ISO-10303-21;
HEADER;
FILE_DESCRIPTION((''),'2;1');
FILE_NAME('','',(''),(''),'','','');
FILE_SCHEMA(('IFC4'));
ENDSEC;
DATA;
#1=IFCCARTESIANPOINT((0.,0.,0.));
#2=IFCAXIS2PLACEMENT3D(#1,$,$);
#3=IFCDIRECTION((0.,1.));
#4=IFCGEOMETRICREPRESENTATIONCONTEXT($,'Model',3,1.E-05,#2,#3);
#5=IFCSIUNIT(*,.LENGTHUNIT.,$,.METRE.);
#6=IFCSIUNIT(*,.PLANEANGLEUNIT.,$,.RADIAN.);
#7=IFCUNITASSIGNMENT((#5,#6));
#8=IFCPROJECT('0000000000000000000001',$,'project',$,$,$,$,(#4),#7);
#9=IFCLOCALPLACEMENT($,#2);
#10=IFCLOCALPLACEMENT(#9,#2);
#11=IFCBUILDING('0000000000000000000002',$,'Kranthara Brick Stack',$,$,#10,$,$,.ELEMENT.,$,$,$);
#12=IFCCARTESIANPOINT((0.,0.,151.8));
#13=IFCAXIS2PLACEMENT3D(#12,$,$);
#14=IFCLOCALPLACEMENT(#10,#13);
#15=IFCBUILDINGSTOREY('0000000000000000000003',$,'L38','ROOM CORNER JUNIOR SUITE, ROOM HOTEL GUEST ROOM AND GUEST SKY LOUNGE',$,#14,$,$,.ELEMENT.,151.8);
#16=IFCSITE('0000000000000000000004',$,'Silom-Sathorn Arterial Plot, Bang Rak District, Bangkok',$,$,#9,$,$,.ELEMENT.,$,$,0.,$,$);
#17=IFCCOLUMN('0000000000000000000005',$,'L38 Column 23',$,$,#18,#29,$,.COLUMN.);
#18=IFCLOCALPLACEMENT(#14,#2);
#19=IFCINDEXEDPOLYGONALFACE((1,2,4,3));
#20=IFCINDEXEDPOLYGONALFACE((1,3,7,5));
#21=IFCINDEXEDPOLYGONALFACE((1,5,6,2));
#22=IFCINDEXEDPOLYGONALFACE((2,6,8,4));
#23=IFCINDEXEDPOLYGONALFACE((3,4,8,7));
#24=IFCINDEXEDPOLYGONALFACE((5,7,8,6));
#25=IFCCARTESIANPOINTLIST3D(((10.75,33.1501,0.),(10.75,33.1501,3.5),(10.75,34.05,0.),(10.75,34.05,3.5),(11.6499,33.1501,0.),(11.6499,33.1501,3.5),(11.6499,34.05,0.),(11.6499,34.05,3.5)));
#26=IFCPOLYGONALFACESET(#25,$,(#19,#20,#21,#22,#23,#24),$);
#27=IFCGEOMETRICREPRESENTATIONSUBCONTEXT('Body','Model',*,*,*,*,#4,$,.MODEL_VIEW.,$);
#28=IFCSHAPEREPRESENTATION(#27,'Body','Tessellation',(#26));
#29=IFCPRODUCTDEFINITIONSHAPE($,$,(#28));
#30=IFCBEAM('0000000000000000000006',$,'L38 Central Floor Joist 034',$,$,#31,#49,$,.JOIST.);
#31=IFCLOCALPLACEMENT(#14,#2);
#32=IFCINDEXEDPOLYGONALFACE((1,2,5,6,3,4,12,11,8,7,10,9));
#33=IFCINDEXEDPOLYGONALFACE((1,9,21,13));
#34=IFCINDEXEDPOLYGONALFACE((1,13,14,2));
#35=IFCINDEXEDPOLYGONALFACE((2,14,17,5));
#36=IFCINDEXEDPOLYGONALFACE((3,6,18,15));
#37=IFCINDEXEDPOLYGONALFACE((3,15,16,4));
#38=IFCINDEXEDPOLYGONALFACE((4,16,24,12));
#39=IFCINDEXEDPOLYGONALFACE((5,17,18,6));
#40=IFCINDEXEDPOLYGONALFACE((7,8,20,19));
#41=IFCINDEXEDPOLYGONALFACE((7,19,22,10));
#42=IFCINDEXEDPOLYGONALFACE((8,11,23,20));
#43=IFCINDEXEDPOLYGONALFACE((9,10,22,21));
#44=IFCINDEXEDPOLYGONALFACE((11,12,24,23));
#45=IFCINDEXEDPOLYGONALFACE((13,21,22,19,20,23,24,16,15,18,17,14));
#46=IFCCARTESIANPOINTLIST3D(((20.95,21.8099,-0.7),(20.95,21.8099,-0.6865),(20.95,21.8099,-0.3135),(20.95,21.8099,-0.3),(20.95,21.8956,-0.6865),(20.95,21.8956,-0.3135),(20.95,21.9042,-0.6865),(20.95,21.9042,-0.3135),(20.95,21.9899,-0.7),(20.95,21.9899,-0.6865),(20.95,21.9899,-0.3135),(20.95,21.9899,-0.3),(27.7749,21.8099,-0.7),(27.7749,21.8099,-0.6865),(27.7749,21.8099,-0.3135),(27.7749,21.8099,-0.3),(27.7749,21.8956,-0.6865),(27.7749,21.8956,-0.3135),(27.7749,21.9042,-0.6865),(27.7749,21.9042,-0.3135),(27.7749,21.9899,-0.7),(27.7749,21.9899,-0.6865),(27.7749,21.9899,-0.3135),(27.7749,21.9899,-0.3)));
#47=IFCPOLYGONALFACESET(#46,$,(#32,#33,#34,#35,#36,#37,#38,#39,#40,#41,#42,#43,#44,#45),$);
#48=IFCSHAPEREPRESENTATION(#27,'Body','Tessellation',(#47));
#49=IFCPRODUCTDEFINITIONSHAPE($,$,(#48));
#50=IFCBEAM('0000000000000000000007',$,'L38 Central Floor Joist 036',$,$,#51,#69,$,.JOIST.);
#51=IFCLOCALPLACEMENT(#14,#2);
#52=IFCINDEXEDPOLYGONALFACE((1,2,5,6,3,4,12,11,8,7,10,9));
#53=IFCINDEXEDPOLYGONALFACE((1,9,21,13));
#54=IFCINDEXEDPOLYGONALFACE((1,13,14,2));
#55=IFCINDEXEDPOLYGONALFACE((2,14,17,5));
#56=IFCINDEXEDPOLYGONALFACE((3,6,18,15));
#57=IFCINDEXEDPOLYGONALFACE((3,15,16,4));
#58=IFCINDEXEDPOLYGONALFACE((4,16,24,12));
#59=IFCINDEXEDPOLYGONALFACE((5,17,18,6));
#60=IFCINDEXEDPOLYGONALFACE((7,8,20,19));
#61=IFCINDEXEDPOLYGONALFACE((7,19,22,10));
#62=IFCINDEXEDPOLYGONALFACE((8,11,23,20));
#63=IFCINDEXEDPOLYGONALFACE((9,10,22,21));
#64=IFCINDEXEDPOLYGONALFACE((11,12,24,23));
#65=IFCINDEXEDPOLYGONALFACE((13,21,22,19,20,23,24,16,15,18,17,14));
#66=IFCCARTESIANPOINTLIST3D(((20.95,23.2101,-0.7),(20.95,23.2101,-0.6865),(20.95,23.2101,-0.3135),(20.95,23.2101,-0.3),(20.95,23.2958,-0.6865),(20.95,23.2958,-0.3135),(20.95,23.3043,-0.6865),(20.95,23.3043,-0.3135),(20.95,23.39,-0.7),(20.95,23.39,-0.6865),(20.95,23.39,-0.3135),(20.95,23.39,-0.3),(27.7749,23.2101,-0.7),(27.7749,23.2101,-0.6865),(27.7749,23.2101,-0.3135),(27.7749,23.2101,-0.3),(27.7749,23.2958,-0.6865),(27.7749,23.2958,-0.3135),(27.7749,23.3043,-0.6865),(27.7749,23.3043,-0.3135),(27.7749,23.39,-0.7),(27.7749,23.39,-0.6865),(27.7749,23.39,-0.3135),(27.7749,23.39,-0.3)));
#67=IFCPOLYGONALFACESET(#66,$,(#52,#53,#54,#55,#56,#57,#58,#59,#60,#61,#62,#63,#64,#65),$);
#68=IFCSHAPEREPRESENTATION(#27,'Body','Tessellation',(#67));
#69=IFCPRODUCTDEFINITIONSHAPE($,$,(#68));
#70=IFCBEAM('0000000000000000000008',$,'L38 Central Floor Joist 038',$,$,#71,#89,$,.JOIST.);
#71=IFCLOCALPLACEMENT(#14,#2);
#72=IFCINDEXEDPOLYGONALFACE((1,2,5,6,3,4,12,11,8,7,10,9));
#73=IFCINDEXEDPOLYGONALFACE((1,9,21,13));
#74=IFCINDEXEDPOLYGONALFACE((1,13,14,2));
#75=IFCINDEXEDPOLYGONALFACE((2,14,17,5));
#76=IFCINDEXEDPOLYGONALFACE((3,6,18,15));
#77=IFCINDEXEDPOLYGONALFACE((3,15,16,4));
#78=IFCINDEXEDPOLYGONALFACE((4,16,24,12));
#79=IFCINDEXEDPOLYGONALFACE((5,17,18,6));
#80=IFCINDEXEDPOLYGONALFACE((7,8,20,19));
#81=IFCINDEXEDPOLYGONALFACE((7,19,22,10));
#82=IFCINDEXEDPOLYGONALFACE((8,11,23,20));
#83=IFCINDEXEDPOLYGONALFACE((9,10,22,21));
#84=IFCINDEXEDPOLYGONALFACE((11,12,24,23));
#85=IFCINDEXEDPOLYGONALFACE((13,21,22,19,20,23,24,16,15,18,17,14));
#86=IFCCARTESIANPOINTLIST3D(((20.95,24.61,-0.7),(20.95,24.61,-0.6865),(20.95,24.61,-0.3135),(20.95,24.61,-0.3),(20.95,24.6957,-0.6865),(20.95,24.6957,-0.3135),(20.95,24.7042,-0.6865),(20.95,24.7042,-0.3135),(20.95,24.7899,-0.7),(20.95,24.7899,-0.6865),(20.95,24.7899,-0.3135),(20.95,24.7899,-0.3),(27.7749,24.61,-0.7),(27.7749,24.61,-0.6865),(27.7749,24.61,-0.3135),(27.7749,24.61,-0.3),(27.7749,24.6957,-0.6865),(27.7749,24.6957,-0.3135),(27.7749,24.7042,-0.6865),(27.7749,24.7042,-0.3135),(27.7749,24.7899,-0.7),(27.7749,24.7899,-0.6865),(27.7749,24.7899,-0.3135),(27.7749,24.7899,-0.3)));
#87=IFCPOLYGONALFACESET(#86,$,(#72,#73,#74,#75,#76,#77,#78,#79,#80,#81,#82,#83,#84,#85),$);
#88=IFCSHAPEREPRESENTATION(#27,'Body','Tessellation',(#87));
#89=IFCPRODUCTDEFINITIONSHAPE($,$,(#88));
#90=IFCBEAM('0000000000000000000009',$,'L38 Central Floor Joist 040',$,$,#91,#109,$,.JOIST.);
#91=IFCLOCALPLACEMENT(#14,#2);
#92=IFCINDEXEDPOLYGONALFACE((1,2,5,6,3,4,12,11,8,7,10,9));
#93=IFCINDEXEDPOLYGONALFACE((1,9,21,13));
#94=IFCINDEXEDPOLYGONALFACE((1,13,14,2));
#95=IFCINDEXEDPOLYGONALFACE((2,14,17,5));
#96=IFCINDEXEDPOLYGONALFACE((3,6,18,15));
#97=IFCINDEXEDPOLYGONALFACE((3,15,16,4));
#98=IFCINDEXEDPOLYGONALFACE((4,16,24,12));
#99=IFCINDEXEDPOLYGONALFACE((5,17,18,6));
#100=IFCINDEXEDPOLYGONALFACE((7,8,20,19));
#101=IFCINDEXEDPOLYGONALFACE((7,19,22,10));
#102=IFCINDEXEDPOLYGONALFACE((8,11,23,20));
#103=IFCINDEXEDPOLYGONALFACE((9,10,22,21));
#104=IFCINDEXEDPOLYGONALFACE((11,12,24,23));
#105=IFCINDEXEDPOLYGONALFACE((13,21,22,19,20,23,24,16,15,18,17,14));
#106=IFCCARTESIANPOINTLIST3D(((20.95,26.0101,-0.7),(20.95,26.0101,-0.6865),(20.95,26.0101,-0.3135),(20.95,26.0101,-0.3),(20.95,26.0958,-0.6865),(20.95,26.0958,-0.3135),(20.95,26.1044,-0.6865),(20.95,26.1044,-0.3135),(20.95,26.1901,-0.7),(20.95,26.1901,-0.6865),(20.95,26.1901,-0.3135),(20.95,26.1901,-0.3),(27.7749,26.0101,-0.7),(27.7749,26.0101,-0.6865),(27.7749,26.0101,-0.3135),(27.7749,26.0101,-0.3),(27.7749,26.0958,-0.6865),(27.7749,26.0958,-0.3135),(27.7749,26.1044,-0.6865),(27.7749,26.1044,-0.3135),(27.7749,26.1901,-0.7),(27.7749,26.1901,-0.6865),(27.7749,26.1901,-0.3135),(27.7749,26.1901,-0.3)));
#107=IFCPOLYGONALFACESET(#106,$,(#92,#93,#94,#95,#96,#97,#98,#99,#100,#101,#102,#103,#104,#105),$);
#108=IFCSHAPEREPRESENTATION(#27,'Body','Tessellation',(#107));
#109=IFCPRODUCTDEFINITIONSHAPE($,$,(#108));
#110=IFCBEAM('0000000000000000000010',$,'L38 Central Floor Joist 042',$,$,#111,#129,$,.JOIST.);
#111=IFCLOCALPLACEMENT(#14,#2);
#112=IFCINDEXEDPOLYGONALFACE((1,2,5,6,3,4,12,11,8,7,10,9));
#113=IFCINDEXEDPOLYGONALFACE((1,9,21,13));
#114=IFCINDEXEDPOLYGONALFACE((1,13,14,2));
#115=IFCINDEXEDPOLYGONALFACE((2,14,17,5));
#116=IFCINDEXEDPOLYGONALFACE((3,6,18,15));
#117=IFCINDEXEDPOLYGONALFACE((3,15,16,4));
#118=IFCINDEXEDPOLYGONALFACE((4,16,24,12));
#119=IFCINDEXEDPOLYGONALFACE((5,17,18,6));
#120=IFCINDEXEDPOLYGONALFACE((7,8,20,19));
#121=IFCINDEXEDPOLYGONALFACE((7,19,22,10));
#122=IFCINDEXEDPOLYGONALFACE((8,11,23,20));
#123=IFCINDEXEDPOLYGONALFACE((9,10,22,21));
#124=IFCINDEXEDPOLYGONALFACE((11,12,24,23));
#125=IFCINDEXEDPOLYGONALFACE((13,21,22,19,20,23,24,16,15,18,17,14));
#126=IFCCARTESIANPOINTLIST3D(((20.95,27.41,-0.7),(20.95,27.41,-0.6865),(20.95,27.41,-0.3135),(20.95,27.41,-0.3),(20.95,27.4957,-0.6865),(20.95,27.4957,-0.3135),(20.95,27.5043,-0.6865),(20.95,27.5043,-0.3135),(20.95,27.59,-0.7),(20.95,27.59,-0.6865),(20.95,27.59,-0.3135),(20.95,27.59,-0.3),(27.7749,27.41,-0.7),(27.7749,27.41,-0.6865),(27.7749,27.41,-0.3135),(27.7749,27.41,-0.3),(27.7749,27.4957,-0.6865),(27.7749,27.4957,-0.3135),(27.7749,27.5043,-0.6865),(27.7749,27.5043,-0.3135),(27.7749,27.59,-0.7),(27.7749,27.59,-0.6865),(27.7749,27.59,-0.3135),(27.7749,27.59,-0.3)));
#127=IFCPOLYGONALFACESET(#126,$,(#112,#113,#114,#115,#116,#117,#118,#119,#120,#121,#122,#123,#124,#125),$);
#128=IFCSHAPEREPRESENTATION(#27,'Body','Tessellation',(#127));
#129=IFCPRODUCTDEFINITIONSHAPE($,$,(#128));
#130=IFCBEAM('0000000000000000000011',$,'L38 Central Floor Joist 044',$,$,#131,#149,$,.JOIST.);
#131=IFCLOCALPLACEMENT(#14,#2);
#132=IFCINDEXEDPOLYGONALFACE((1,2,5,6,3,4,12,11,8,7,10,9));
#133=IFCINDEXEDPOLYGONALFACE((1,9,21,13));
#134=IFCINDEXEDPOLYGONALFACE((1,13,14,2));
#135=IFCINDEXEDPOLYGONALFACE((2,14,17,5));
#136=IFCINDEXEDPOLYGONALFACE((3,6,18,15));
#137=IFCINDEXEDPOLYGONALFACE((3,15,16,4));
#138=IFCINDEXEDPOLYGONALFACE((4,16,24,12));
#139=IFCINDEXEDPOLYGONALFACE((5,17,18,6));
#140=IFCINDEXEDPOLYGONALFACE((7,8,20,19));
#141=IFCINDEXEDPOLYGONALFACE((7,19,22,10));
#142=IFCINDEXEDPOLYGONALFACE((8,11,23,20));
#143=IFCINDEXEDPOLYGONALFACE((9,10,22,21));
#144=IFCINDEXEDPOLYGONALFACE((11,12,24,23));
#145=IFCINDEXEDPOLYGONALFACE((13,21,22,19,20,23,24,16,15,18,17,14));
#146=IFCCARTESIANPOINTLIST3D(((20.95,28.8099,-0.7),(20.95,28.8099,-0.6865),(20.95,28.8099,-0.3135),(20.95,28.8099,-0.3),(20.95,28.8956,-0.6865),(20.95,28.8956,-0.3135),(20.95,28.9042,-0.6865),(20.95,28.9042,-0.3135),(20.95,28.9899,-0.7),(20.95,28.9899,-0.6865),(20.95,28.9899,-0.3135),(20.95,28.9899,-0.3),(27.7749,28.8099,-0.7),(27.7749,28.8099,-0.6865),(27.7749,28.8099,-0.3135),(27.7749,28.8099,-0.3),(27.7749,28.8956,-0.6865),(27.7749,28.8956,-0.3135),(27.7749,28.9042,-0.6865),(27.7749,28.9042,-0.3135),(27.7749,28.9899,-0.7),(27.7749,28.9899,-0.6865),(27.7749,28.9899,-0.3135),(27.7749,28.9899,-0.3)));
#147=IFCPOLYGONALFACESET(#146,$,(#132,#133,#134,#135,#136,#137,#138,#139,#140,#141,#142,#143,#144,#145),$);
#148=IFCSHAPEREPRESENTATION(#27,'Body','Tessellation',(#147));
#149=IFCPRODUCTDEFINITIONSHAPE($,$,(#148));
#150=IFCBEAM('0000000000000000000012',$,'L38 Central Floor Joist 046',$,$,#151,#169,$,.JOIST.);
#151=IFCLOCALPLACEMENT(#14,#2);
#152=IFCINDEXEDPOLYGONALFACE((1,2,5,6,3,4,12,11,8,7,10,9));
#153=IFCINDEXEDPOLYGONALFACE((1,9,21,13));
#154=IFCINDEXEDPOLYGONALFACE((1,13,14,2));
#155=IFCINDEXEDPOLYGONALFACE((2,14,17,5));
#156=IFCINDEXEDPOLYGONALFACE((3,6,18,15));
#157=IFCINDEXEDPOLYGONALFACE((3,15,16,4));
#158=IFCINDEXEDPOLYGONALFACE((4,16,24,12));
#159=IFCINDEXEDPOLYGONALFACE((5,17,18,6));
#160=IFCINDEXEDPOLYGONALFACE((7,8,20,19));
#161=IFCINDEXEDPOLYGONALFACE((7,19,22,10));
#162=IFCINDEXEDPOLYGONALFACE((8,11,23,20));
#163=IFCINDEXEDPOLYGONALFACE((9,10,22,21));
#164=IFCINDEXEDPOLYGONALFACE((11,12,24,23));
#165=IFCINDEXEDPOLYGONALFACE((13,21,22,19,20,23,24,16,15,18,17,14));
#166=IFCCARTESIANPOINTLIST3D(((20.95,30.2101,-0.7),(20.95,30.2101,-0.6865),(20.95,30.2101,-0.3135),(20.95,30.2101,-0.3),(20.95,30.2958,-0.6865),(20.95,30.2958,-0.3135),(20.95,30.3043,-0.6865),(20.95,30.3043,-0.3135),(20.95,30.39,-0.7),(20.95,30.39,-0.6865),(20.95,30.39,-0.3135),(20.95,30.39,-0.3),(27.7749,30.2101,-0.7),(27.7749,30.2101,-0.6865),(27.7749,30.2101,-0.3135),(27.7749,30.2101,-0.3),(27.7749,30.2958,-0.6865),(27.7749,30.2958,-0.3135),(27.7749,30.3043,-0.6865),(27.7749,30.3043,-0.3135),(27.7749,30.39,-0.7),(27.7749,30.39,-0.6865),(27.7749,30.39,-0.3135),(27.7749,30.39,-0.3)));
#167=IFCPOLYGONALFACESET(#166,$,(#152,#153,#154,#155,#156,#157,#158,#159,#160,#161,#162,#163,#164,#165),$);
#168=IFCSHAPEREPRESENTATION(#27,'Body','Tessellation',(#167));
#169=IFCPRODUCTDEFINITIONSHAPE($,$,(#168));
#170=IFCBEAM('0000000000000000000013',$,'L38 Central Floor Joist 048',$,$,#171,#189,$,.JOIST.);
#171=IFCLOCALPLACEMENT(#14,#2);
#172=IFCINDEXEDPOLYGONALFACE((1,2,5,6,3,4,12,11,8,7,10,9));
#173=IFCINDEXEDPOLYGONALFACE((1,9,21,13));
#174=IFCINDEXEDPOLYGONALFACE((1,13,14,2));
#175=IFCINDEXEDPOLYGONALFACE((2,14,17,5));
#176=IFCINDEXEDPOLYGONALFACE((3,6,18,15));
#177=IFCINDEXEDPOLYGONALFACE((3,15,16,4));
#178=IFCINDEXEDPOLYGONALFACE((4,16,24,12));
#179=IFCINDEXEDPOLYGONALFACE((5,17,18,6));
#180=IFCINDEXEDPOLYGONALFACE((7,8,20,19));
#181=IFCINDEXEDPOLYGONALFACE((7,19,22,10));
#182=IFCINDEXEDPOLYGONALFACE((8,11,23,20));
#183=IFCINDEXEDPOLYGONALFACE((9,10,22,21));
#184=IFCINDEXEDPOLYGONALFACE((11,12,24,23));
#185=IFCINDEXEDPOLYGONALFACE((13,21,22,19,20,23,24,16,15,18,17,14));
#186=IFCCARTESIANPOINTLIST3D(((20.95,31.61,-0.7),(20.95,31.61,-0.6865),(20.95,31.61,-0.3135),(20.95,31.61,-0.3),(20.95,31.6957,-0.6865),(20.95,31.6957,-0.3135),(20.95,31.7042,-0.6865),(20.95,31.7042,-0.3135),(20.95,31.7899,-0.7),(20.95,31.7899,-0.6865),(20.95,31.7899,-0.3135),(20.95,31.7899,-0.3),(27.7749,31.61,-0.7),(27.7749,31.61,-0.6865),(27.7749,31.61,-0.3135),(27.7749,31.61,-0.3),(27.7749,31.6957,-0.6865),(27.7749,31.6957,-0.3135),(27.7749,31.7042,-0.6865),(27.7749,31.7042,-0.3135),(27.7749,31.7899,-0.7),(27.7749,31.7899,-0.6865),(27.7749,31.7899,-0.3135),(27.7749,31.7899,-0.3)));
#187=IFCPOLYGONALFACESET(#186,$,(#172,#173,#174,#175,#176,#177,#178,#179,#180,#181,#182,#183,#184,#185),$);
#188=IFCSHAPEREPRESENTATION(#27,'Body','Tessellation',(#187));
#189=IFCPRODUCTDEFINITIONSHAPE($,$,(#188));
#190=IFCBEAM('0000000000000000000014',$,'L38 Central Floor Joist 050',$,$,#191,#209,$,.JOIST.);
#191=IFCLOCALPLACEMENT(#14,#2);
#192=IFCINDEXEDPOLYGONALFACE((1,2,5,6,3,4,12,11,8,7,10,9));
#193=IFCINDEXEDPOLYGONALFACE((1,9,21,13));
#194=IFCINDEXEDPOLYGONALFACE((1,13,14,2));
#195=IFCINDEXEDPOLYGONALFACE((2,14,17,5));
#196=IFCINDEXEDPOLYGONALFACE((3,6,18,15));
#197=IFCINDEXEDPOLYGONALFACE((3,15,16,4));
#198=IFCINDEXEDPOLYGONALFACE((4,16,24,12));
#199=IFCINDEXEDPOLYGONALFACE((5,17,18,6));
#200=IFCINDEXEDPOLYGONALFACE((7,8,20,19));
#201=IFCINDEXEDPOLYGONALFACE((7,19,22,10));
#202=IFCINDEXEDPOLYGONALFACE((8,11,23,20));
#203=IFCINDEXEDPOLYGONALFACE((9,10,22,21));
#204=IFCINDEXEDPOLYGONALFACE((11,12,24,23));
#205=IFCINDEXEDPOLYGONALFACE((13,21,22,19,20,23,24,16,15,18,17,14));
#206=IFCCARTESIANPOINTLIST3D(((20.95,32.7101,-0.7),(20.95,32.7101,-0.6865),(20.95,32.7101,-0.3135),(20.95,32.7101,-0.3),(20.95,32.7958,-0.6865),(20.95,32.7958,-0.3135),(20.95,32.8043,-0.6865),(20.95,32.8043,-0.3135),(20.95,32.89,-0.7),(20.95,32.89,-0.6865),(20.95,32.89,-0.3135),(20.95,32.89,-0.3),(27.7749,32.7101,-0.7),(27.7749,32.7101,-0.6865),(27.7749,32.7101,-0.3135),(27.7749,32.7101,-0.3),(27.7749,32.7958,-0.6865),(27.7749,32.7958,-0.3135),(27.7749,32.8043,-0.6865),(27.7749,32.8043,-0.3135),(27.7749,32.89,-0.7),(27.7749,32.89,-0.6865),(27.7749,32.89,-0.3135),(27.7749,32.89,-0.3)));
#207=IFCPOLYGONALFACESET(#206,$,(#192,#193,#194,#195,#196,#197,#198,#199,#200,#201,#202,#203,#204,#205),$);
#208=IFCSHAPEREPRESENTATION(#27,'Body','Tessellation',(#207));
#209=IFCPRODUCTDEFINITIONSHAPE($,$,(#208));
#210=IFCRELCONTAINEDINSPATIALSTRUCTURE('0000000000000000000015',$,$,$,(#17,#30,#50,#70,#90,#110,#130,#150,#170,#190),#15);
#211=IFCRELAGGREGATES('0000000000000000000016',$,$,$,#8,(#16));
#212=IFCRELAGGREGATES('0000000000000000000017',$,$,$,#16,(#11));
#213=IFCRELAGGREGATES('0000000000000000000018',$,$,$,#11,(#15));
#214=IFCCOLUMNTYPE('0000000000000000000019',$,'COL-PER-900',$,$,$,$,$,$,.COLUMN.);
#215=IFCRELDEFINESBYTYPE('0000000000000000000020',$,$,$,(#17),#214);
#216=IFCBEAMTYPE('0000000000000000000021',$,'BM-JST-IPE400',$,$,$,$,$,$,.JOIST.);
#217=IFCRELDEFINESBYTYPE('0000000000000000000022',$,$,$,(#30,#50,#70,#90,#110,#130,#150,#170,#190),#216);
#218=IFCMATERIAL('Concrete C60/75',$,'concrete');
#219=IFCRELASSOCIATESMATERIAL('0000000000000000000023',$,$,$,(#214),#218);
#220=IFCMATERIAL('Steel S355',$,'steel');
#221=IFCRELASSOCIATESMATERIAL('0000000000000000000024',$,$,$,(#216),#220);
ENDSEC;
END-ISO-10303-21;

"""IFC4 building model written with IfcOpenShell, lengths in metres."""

from ifc_helpers import new_model, si_unit, direction, frame, origin, origin_2d, place, context, subcontext, project, spatial, rectangle, i_section, extrude, material, material_profile, profile_set, type_object, element, save


model = new_model("IFC4")

# Units and contexts
model_context = context("Model", 3, precision=1e-05, world=origin(), true_north=direction((0.0, 1.0)))
body_context = subcontext(model_context, "Body", "Model", "MODEL_VIEW")
ifc_project = project(units=[si_unit("LENGTHUNIT", "METRE"), si_unit("PLANEANGLEUNIT", "RADIAN")], contexts=[model_context])

# Site, building, storey
site_placement = place(None, origin())
site = spatial("IfcSite", under=ifc_project, at=site_placement, Name="Silom-Sathorn Arterial Plot, Bang Rak District, Bangkok", CompositionType="ELEMENT", RefElevation=0.0)
building_placement = place(site_placement, origin())
building = spatial("IfcBuilding", under=site, at=building_placement, Name="Kranthara Brick Stack", CompositionType="ELEMENT")
storey_placement = place(building_placement, frame((0.0, 0.0, 151.8)))
storey = spatial("IfcBuildingStorey", under=building, at=storey_placement, Name="L38", Description="ROOM CORNER JUNIOR SUITE, ROOM HOTEL GUEST ROOM AND GUEST SKY LOUNGE", CompositionType="ELEMENT", Elevation=151.8)

# Column
ifc_material_1 = material(Name="Concrete C60/75", Category="concrete")
ifc_material_profile_1 = material_profile(ifc_material_1, rectangle(XDim=0.8999, YDim=0.8999, at=origin_2d()), Name="RC 900x900")
ifc_profile_set_1 = profile_set([ifc_material_profile_1], Name="Concrete C60/75")
column_type = type_object("IfcColumnType", Name="COL-PER-900", PredefinedType="COLUMN", material=ifc_profile_set_1)
column_placement = place(storey_placement, frame((11.2, 33.6001, 0.0), z_axis=(0.0, 0.0, 1.0), x_axis=(1.0, 0.0, 0.0)))
element("IfcColumn", 1, at=column_placement, inside=storey, type_object=column_type, Name="L38 Column 23", PredefinedType="COLUMN", context=body_context, shape_type="SweptSolid", body=[
    extrude(rectangle(XDim=0.8999, YDim=0.8999, at=origin_2d()), origin(), (0.0, 0.0, 1.0), 3.5),
])

# Beams
ifc_material_2 = material(Name="Steel S355", Category="steel")
ifc_material_profile_2 = material_profile(ifc_material_2, i_section(OverallWidth=0.1799, OverallDepth=0.3999, WebThickness=0.0085, FlangeThickness=0.0134, at=origin_2d()), Name="IPE 400")
ifc_profile_set_2 = profile_set([ifc_material_profile_2], Name="Steel S355")
beam_type_1 = type_object("IfcBeamType", Name="BM-JST-IPE400", PredefinedType="JOIST", material=ifc_profile_set_2)
for number, where, z_axis, x_axis, name in (
    (2, (20.95, 21.8999, -0.5), (1.0, 0.0, 0.0), (0.0, 1.0, 0.0), "L38 Central Floor Joist 034"),
    (3, (20.95, 23.3, -0.5), (1.0, 0.0, 0.0), (0.0, 1.0, 0.0), "L38 Central Floor Joist 036"),
    (4, (20.95, 24.7, -0.5), (1.0, 0.0, 0.0), (0.0, 1.0, 0.0), "L38 Central Floor Joist 038"),
    (5, (20.95, 26.1001, -0.5), (1.0, 0.0, 0.0), (0.0, 1.0, 0.0), "L38 Central Floor Joist 040"),
    (6, (20.95, 27.5, -0.5), (1.0, 0.0, 0.0), (0.0, 1.0, 0.0), "L38 Central Floor Joist 042"),
    (7, (20.95, 28.8999, -0.5), (1.0, 0.0, 0.0), (0.0, 1.0, 0.0), "L38 Central Floor Joist 044"),
    (8, (20.95, 30.3, -0.5), (1.0, 0.0, 0.0), (0.0, 1.0, 0.0), "L38 Central Floor Joist 046"),
    (9, (20.95, 31.7, -0.5), (1.0, 0.0, 0.0), (0.0, 1.0, 0.0), "L38 Central Floor Joist 048"),
    (10, (20.95, 32.8, -0.5), (1.0, 0.0, 0.0), (0.0, 1.0, 0.0), "L38 Central Floor Joist 050"),
):
    element("IfcBeam", number, at=place(storey_placement, frame(where, z_axis=z_axis, x_axis=x_axis)), inside=storey, type_object=beam_type_1, Name=name, PredefinedType="JOIST", context=body_context, shape_type="SweptSolid", body=[
        extrude(i_section(OverallWidth=0.1799, OverallDepth=0.3999, WebThickness=0.0085, FlangeThickness=0.0134, at=origin_2d()), origin(), (0.0, 0.0, 1.0), 6.825),
    ])

save(model, "model.ifc")
